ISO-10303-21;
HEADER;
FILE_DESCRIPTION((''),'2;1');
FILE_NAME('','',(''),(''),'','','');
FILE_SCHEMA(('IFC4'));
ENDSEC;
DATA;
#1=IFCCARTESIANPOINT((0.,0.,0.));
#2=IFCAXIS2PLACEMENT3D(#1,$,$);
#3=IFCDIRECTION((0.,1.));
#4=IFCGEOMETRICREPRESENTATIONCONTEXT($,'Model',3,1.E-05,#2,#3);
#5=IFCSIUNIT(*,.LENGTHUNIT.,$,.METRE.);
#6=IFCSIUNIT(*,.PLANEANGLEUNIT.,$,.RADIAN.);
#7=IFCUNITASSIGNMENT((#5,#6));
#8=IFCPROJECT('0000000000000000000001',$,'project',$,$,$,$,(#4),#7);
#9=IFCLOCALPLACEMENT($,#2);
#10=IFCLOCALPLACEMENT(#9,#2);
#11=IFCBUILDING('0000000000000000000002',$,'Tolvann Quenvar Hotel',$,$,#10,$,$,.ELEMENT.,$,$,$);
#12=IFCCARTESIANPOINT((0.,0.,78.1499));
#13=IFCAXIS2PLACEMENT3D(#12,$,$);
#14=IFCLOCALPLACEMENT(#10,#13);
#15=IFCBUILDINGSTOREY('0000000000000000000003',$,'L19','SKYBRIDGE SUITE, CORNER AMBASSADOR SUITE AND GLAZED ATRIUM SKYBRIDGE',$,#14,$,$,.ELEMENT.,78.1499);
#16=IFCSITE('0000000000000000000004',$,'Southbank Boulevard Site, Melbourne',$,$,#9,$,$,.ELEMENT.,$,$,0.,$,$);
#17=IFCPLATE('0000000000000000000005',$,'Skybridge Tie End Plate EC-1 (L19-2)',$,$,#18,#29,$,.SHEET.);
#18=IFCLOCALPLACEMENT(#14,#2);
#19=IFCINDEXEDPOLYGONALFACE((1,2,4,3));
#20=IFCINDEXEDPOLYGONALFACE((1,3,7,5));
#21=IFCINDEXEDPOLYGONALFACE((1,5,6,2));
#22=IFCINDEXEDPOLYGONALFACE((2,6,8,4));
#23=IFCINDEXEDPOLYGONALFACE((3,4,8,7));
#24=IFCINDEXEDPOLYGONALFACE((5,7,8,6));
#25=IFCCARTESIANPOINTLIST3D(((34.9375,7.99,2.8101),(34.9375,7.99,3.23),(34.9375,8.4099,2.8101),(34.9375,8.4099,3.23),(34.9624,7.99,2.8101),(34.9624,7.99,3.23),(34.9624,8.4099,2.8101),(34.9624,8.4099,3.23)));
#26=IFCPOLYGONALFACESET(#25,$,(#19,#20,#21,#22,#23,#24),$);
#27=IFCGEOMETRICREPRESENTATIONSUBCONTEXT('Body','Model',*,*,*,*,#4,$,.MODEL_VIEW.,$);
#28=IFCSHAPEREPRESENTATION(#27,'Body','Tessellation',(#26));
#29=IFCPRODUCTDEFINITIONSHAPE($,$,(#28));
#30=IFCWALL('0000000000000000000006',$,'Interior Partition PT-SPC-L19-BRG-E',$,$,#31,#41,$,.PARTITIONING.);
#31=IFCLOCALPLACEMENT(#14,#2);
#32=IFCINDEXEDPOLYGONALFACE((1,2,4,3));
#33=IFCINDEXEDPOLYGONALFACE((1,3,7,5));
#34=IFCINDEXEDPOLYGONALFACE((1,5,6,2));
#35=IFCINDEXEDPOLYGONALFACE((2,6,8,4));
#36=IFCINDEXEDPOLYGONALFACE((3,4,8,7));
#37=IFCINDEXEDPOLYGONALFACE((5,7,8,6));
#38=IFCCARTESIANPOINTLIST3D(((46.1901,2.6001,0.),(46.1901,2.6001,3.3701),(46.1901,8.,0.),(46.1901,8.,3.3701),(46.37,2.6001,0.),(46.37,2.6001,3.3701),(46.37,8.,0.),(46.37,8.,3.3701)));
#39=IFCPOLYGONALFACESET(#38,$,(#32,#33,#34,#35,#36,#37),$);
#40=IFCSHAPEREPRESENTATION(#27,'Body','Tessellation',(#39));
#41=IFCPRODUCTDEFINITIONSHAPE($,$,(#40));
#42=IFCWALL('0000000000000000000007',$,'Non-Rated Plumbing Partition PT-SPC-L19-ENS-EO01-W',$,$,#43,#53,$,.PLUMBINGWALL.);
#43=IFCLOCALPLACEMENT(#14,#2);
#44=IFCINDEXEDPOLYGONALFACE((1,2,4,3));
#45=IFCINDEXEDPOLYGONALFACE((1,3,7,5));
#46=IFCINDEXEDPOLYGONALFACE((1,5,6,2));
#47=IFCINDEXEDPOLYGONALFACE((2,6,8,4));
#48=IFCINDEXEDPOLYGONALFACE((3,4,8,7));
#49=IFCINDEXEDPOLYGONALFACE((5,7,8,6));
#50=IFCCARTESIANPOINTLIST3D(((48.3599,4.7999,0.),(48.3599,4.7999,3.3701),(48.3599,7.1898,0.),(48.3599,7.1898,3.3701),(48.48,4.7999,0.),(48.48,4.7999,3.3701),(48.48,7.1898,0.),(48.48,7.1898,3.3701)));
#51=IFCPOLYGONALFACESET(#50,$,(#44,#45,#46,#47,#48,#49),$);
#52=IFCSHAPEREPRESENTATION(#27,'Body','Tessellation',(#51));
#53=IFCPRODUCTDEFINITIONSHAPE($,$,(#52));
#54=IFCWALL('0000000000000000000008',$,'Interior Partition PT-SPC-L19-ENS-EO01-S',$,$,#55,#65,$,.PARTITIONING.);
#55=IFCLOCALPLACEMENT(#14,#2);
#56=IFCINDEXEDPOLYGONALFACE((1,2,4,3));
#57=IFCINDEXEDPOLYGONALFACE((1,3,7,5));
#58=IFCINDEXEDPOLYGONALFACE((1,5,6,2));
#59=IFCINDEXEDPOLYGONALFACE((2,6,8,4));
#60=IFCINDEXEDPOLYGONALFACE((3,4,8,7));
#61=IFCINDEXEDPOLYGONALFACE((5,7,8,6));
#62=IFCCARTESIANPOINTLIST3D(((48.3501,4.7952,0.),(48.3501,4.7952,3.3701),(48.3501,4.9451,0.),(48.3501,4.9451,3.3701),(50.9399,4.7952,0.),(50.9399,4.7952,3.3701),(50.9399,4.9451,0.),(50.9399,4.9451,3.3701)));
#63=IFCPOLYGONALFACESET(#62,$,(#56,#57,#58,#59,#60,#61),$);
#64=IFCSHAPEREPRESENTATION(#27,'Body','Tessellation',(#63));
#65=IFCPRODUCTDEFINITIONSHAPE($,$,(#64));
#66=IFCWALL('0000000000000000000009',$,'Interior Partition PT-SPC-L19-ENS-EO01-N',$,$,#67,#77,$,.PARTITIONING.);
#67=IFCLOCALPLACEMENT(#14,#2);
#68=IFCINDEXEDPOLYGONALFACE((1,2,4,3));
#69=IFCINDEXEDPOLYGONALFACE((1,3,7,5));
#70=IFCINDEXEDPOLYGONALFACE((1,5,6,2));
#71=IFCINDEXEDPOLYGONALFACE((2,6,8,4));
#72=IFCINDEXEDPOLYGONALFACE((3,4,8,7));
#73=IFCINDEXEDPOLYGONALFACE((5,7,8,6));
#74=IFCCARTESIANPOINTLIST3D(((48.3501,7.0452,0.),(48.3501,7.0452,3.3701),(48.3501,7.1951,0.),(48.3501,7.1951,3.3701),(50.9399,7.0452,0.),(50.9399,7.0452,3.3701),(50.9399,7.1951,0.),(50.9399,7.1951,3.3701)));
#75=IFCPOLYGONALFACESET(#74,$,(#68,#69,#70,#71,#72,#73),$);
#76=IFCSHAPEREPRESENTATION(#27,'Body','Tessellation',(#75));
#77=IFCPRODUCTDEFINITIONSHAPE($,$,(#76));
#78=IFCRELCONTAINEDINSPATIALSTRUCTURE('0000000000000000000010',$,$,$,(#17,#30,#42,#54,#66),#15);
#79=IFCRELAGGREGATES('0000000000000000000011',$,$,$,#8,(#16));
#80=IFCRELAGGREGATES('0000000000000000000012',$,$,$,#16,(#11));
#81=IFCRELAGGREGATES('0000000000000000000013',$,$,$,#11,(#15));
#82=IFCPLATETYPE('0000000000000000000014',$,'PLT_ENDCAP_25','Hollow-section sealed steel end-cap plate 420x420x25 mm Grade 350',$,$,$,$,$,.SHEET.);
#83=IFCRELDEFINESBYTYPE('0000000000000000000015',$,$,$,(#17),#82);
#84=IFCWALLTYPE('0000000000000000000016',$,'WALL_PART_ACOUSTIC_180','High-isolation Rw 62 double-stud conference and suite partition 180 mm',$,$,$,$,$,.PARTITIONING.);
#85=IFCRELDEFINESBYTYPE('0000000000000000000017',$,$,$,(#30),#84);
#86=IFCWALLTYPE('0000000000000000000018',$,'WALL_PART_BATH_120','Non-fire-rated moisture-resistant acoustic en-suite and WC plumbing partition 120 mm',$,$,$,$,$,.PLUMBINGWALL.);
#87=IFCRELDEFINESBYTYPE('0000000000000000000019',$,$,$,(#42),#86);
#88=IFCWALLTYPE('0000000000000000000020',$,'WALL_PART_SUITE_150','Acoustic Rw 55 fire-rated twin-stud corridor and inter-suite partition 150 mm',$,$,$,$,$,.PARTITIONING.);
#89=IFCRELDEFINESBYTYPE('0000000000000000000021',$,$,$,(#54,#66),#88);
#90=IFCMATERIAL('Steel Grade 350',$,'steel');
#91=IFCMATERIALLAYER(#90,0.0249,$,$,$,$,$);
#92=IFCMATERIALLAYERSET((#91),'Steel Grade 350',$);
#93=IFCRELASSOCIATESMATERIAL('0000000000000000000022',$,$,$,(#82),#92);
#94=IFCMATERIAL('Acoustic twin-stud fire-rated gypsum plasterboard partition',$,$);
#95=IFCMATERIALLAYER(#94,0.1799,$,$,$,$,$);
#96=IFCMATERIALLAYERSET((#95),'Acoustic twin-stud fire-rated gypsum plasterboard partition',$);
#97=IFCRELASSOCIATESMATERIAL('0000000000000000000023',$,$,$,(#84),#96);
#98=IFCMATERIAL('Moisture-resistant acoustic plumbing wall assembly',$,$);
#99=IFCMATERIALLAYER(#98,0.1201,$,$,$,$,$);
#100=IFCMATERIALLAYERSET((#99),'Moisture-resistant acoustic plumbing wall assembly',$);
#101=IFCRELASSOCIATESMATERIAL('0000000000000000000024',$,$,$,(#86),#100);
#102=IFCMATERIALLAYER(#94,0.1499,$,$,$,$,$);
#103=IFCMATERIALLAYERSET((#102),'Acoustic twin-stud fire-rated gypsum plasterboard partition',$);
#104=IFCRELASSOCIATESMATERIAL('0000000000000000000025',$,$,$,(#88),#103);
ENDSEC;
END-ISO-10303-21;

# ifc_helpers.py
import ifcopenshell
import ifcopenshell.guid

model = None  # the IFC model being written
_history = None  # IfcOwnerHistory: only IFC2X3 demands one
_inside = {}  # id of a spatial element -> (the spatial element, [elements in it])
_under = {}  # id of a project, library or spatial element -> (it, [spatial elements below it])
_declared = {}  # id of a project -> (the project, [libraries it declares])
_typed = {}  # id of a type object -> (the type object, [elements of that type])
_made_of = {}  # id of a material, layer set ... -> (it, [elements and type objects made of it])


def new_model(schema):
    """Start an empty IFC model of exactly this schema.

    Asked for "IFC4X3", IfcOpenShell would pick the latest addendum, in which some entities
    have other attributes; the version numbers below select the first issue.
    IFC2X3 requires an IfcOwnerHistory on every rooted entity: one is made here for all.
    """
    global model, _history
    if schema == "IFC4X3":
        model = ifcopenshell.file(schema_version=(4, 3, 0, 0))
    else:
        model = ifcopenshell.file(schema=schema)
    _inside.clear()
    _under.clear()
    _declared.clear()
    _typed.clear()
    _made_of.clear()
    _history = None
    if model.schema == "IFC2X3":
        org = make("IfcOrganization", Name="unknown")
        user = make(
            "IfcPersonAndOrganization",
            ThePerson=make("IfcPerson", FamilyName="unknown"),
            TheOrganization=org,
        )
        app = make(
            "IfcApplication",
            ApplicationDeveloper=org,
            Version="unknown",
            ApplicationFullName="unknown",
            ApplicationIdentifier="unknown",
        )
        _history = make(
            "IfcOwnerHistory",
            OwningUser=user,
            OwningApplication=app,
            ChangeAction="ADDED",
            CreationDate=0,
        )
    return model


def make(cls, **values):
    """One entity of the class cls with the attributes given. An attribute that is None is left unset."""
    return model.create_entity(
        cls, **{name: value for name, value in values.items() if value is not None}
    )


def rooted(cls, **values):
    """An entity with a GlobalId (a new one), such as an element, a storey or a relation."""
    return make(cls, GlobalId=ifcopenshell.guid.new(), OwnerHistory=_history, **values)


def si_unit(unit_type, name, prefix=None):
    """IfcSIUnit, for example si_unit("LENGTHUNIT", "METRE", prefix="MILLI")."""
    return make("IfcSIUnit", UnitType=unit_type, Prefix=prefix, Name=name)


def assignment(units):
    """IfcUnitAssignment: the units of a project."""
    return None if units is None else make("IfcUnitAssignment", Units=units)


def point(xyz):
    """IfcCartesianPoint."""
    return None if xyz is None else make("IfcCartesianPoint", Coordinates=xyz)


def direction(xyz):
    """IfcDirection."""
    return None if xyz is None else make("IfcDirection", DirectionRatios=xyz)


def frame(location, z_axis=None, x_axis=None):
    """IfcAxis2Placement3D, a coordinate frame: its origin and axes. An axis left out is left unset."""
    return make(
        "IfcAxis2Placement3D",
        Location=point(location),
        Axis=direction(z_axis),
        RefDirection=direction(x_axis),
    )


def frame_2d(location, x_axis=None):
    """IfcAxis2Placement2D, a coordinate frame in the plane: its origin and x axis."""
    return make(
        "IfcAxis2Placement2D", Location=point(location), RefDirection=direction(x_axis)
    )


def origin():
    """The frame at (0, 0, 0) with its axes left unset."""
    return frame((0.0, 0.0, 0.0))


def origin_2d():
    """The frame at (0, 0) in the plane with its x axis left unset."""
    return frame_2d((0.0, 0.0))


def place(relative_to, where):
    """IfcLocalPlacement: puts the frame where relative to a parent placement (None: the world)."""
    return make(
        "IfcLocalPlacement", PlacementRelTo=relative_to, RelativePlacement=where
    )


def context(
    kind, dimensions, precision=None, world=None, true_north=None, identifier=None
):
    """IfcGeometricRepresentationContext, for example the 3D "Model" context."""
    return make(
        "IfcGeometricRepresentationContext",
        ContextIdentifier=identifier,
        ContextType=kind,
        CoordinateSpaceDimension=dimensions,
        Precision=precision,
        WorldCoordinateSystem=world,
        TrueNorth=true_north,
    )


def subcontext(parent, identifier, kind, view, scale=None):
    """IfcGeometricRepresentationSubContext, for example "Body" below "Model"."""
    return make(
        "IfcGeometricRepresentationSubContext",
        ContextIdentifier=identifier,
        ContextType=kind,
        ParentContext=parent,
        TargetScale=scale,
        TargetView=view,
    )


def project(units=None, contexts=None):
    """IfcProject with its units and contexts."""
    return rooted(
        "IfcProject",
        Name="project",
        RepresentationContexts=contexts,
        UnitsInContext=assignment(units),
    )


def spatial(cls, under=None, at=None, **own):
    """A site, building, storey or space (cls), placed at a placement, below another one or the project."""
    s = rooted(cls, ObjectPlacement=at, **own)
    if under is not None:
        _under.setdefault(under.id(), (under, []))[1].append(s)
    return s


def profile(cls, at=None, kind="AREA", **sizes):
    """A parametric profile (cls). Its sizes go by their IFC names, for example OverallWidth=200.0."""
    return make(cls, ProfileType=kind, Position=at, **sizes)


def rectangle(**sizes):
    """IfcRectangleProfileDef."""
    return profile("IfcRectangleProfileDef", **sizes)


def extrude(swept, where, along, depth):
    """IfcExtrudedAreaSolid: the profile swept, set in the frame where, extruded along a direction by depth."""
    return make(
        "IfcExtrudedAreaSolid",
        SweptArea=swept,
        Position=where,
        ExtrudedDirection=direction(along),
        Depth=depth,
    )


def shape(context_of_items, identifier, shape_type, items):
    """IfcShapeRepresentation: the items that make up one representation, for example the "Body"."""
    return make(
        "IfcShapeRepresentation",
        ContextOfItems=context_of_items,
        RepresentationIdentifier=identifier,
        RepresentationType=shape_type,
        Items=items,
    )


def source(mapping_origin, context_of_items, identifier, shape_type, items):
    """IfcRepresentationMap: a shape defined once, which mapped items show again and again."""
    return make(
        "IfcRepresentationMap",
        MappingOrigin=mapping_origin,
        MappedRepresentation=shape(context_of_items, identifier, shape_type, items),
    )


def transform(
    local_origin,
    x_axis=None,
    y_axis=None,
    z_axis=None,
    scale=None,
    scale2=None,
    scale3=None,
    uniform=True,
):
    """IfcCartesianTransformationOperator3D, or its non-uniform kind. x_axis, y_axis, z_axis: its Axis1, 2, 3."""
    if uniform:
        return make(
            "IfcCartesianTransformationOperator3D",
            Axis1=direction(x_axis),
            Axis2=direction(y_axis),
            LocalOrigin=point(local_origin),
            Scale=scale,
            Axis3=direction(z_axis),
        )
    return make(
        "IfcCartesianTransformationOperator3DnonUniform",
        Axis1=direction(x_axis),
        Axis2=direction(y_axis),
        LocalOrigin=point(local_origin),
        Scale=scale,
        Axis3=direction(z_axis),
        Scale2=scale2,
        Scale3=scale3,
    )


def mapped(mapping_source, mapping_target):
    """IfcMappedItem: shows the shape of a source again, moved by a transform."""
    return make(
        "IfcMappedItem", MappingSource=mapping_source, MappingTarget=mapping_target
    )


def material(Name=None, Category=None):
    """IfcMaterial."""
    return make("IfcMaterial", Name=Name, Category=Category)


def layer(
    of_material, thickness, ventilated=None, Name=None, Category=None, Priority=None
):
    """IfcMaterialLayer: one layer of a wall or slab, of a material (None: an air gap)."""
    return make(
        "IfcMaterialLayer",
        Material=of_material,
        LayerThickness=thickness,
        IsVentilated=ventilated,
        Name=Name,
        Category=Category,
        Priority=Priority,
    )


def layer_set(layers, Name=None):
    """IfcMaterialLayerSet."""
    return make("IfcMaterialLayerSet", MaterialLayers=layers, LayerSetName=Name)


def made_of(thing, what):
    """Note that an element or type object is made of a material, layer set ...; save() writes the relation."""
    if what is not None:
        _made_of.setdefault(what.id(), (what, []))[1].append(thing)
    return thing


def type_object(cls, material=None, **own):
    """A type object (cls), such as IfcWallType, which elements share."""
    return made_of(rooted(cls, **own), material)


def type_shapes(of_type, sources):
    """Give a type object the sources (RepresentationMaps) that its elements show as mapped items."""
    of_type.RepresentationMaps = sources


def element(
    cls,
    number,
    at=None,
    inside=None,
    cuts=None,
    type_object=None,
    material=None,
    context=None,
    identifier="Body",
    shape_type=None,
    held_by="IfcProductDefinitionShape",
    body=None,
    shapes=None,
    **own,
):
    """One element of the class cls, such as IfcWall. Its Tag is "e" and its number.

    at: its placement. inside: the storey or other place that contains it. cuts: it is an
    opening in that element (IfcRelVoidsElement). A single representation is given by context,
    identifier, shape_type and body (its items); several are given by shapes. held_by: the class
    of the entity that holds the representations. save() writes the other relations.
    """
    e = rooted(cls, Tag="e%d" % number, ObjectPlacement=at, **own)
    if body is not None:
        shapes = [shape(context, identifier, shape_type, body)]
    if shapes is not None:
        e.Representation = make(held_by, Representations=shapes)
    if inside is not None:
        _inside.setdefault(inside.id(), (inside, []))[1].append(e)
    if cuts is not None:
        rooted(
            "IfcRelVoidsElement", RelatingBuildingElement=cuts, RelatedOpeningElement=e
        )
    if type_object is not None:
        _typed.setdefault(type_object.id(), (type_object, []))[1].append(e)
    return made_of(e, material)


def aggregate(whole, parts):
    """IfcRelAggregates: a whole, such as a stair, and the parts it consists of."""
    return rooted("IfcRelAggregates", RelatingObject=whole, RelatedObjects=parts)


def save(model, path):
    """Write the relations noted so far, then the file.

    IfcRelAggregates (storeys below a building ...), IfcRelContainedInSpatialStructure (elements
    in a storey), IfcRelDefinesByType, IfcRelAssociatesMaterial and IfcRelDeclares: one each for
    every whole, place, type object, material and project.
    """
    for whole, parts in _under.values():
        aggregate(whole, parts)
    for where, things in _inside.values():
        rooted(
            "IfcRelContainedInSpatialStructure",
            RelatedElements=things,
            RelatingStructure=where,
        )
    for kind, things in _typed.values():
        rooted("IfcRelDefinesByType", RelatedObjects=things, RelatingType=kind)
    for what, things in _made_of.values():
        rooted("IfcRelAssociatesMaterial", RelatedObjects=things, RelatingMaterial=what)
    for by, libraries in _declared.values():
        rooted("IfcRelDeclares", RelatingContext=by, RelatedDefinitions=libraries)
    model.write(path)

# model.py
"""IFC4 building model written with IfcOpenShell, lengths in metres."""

from ifc_helpers import new_model, si_unit, direction, frame, frame_2d, origin, origin_2d, place, context, subcontext, project, spatial, rectangle, extrude, source, transform, mapped, material, layer, layer_set, type_object, type_shapes, element, save


model = new_model("IFC4")

# Units and contexts
model_context = context("Model", 3, precision=1e-05, world=origin(), true_north=direction((0.0, 1.0)))
body_context = subcontext(model_context, "Body", "Model", "MODEL_VIEW")
ifc_project = project(units=[si_unit("LENGTHUNIT", "METRE"), si_unit("PLANEANGLEUNIT", "RADIAN")], contexts=[model_context])

# Site, building, storey
site_placement = place(None, origin())
site = spatial("IfcSite", under=ifc_project, at=site_placement, Name="Southbank Boulevard Site, Melbourne", CompositionType="ELEMENT", RefElevation=0.0)
building_placement = place(site_placement, origin())
building = spatial("IfcBuilding", under=site, at=building_placement, Name="Tolvann Quenvar Hotel", CompositionType="ELEMENT")
storey_placement = place(building_placement, frame((0.0, 0.0, 78.1499)))
storey = spatial("IfcBuildingStorey", under=building, at=storey_placement, Name="L19", Description="SKYBRIDGE SUITE, CORNER AMBASSADOR SUITE AND GLAZED ATRIUM SKYBRIDGE", CompositionType="ELEMENT", Elevation=78.1499)

# Shared definitions
ifc_material_1 = material(Name="Steel Grade 350", Category="steel")

# Plate
ifc_layer_1 = layer(ifc_material_1, 0.0249)
ifc_layer_set_1 = layer_set([ifc_layer_1], Name="Steel Grade 350")
plate_type = type_object("IfcPlateType", Name="PLT_ENDCAP_25", Description="Hollow-section sealed steel end-cap plate 420x420x25 mm Grade 350", PredefinedType="SHEET", material=ifc_layer_set_1)
shared_shape_1 = source(origin(), body_context, "Body", "SweptSolid", [
    extrude(rectangle(XDim=0.0249, YDim=0.4199, at=origin_2d()), origin(), (0.0, 0.0, 1.0), 0.4199),
])
type_shapes(plate_type, [shared_shape_1])
plate_placement = place(storey_placement, frame((34.95, 8.2, 2.8101), z_axis=(0.0, 0.0, 1.0), x_axis=(1.0, 0.0, 0.0)))
element("IfcPlate", 1, at=plate_placement, inside=storey, type_object=plate_type, Name="Skybridge Tie End Plate EC-1 (L19-2)", PredefinedType="SHEET", context=body_context, shape_type="MappedRepresentation", body=[
    mapped(shared_shape_1, transform((0.0, 0.0, 0.0), x_axis=(1.0, 0.0, 0.0), y_axis=(0.0, 1.0, 0.0), z_axis=(0.0, 0.0, 1.0), scale=1.0)),
])

# Walls
ifc_material_2 = material(Name="Acoustic twin-stud fire-rated gypsum plasterboard partition")
ifc_layer_2 = layer(ifc_material_2, 0.1799)
ifc_layer_set_2 = layer_set([ifc_layer_2], Name="Acoustic twin-stud fire-rated gypsum plasterboard partition")
wall_type_1 = type_object("IfcWallType", Name="WALL_PART_ACOUSTIC_180", Description="High-isolation Rw 62 double-stud conference and suite partition 180 mm", PredefinedType="PARTITIONING", material=ifc_layer_set_2)
wall_1_placement = place(storey_placement, frame((46.28, 2.6001, 0.0), z_axis=(0.0, 0.0, 1.0), x_axis=(0.0, 1.0, 0.0)))
element("IfcWall", 2, at=wall_1_placement, inside=storey, type_object=wall_type_1, Name="Interior Partition PT-SPC-L19-BRG-E", PredefinedType="PARTITIONING", context=body_context, shape_type="SweptSolid", body=[
    extrude(rectangle(XDim=5.3999, YDim=0.1799, at=frame_2d((2.7, 0.0))), origin(), (0.0, 0.0, 1.0), 3.3701),
])
ifc_material_3 = material(Name="Moisture-resistant acoustic plumbing wall assembly")
ifc_layer_3 = layer(ifc_material_3, 0.1201)
ifc_layer_set_3 = layer_set([ifc_layer_3], Name="Moisture-resistant acoustic plumbing wall assembly")
wall_type_2 = type_object("IfcWallType", Name="WALL_PART_BATH_120", Description="Non-fire-rated moisture-resistant acoustic en-suite and WC plumbing partition 120 mm", PredefinedType="PLUMBINGWALL", material=ifc_layer_set_3)
wall_2_placement = place(storey_placement, frame((48.4199, 4.8, 0.0), z_axis=(0.0, 0.0, 1.0), x_axis=(0.0, 1.0, 0.0)))
element("IfcWall", 3, at=wall_2_placement, inside=storey, type_object=wall_type_2, Name="Non-Rated Plumbing Partition PT-SPC-L19-ENS-EO01-W", PredefinedType="PLUMBINGWALL", context=body_context, shape_type="SweptSolid", body=[
    extrude(rectangle(XDim=2.3899, YDim=0.1201, at=frame_2d((1.1948, 0.0))), origin(), (0.0, 0.0, 1.0), 3.3701),
])
ifc_layer_4 = layer(ifc_material_2, 0.1499)
ifc_layer_set_4 = layer_set([ifc_layer_4], Name="Acoustic twin-stud fire-rated gypsum plasterboard partition")
wall_type_3 = type_object("IfcWallType", Name="WALL_PART_SUITE_150", Description="Acoustic Rw 55 fire-rated twin-stud corridor and inter-suite partition 150 mm", PredefinedType="PARTITIONING", material=ifc_layer_set_4)
for number, where, z_axis, x_axis, name in (
    (4, (48.3501, 4.8701, 0.0), (0.0, 0.0, 1.0), (1.0, 0.0, 0.0), "Interior Partition PT-SPC-L19-ENS-EO01-S"),
    (5, (48.3501, 7.1201, 0.0), (0.0, 0.0, 1.0), (1.0, 0.0, 0.0), "Interior Partition PT-SPC-L19-ENS-EO01-N"),
):
    element("IfcWall", number, at=place(storey_placement, frame(where, z_axis=z_axis, x_axis=x_axis)), inside=storey, type_object=wall_type_3, Name=name, PredefinedType="PARTITIONING", context=body_context, shape_type="SweptSolid", body=[
        extrude(rectangle(XDim=2.5898, YDim=0.1499, at=frame_2d((1.2949, 0.0))), origin(), (0.0, 0.0, 1.0), 3.3701),
    ])

save(model, "model.ifc")
